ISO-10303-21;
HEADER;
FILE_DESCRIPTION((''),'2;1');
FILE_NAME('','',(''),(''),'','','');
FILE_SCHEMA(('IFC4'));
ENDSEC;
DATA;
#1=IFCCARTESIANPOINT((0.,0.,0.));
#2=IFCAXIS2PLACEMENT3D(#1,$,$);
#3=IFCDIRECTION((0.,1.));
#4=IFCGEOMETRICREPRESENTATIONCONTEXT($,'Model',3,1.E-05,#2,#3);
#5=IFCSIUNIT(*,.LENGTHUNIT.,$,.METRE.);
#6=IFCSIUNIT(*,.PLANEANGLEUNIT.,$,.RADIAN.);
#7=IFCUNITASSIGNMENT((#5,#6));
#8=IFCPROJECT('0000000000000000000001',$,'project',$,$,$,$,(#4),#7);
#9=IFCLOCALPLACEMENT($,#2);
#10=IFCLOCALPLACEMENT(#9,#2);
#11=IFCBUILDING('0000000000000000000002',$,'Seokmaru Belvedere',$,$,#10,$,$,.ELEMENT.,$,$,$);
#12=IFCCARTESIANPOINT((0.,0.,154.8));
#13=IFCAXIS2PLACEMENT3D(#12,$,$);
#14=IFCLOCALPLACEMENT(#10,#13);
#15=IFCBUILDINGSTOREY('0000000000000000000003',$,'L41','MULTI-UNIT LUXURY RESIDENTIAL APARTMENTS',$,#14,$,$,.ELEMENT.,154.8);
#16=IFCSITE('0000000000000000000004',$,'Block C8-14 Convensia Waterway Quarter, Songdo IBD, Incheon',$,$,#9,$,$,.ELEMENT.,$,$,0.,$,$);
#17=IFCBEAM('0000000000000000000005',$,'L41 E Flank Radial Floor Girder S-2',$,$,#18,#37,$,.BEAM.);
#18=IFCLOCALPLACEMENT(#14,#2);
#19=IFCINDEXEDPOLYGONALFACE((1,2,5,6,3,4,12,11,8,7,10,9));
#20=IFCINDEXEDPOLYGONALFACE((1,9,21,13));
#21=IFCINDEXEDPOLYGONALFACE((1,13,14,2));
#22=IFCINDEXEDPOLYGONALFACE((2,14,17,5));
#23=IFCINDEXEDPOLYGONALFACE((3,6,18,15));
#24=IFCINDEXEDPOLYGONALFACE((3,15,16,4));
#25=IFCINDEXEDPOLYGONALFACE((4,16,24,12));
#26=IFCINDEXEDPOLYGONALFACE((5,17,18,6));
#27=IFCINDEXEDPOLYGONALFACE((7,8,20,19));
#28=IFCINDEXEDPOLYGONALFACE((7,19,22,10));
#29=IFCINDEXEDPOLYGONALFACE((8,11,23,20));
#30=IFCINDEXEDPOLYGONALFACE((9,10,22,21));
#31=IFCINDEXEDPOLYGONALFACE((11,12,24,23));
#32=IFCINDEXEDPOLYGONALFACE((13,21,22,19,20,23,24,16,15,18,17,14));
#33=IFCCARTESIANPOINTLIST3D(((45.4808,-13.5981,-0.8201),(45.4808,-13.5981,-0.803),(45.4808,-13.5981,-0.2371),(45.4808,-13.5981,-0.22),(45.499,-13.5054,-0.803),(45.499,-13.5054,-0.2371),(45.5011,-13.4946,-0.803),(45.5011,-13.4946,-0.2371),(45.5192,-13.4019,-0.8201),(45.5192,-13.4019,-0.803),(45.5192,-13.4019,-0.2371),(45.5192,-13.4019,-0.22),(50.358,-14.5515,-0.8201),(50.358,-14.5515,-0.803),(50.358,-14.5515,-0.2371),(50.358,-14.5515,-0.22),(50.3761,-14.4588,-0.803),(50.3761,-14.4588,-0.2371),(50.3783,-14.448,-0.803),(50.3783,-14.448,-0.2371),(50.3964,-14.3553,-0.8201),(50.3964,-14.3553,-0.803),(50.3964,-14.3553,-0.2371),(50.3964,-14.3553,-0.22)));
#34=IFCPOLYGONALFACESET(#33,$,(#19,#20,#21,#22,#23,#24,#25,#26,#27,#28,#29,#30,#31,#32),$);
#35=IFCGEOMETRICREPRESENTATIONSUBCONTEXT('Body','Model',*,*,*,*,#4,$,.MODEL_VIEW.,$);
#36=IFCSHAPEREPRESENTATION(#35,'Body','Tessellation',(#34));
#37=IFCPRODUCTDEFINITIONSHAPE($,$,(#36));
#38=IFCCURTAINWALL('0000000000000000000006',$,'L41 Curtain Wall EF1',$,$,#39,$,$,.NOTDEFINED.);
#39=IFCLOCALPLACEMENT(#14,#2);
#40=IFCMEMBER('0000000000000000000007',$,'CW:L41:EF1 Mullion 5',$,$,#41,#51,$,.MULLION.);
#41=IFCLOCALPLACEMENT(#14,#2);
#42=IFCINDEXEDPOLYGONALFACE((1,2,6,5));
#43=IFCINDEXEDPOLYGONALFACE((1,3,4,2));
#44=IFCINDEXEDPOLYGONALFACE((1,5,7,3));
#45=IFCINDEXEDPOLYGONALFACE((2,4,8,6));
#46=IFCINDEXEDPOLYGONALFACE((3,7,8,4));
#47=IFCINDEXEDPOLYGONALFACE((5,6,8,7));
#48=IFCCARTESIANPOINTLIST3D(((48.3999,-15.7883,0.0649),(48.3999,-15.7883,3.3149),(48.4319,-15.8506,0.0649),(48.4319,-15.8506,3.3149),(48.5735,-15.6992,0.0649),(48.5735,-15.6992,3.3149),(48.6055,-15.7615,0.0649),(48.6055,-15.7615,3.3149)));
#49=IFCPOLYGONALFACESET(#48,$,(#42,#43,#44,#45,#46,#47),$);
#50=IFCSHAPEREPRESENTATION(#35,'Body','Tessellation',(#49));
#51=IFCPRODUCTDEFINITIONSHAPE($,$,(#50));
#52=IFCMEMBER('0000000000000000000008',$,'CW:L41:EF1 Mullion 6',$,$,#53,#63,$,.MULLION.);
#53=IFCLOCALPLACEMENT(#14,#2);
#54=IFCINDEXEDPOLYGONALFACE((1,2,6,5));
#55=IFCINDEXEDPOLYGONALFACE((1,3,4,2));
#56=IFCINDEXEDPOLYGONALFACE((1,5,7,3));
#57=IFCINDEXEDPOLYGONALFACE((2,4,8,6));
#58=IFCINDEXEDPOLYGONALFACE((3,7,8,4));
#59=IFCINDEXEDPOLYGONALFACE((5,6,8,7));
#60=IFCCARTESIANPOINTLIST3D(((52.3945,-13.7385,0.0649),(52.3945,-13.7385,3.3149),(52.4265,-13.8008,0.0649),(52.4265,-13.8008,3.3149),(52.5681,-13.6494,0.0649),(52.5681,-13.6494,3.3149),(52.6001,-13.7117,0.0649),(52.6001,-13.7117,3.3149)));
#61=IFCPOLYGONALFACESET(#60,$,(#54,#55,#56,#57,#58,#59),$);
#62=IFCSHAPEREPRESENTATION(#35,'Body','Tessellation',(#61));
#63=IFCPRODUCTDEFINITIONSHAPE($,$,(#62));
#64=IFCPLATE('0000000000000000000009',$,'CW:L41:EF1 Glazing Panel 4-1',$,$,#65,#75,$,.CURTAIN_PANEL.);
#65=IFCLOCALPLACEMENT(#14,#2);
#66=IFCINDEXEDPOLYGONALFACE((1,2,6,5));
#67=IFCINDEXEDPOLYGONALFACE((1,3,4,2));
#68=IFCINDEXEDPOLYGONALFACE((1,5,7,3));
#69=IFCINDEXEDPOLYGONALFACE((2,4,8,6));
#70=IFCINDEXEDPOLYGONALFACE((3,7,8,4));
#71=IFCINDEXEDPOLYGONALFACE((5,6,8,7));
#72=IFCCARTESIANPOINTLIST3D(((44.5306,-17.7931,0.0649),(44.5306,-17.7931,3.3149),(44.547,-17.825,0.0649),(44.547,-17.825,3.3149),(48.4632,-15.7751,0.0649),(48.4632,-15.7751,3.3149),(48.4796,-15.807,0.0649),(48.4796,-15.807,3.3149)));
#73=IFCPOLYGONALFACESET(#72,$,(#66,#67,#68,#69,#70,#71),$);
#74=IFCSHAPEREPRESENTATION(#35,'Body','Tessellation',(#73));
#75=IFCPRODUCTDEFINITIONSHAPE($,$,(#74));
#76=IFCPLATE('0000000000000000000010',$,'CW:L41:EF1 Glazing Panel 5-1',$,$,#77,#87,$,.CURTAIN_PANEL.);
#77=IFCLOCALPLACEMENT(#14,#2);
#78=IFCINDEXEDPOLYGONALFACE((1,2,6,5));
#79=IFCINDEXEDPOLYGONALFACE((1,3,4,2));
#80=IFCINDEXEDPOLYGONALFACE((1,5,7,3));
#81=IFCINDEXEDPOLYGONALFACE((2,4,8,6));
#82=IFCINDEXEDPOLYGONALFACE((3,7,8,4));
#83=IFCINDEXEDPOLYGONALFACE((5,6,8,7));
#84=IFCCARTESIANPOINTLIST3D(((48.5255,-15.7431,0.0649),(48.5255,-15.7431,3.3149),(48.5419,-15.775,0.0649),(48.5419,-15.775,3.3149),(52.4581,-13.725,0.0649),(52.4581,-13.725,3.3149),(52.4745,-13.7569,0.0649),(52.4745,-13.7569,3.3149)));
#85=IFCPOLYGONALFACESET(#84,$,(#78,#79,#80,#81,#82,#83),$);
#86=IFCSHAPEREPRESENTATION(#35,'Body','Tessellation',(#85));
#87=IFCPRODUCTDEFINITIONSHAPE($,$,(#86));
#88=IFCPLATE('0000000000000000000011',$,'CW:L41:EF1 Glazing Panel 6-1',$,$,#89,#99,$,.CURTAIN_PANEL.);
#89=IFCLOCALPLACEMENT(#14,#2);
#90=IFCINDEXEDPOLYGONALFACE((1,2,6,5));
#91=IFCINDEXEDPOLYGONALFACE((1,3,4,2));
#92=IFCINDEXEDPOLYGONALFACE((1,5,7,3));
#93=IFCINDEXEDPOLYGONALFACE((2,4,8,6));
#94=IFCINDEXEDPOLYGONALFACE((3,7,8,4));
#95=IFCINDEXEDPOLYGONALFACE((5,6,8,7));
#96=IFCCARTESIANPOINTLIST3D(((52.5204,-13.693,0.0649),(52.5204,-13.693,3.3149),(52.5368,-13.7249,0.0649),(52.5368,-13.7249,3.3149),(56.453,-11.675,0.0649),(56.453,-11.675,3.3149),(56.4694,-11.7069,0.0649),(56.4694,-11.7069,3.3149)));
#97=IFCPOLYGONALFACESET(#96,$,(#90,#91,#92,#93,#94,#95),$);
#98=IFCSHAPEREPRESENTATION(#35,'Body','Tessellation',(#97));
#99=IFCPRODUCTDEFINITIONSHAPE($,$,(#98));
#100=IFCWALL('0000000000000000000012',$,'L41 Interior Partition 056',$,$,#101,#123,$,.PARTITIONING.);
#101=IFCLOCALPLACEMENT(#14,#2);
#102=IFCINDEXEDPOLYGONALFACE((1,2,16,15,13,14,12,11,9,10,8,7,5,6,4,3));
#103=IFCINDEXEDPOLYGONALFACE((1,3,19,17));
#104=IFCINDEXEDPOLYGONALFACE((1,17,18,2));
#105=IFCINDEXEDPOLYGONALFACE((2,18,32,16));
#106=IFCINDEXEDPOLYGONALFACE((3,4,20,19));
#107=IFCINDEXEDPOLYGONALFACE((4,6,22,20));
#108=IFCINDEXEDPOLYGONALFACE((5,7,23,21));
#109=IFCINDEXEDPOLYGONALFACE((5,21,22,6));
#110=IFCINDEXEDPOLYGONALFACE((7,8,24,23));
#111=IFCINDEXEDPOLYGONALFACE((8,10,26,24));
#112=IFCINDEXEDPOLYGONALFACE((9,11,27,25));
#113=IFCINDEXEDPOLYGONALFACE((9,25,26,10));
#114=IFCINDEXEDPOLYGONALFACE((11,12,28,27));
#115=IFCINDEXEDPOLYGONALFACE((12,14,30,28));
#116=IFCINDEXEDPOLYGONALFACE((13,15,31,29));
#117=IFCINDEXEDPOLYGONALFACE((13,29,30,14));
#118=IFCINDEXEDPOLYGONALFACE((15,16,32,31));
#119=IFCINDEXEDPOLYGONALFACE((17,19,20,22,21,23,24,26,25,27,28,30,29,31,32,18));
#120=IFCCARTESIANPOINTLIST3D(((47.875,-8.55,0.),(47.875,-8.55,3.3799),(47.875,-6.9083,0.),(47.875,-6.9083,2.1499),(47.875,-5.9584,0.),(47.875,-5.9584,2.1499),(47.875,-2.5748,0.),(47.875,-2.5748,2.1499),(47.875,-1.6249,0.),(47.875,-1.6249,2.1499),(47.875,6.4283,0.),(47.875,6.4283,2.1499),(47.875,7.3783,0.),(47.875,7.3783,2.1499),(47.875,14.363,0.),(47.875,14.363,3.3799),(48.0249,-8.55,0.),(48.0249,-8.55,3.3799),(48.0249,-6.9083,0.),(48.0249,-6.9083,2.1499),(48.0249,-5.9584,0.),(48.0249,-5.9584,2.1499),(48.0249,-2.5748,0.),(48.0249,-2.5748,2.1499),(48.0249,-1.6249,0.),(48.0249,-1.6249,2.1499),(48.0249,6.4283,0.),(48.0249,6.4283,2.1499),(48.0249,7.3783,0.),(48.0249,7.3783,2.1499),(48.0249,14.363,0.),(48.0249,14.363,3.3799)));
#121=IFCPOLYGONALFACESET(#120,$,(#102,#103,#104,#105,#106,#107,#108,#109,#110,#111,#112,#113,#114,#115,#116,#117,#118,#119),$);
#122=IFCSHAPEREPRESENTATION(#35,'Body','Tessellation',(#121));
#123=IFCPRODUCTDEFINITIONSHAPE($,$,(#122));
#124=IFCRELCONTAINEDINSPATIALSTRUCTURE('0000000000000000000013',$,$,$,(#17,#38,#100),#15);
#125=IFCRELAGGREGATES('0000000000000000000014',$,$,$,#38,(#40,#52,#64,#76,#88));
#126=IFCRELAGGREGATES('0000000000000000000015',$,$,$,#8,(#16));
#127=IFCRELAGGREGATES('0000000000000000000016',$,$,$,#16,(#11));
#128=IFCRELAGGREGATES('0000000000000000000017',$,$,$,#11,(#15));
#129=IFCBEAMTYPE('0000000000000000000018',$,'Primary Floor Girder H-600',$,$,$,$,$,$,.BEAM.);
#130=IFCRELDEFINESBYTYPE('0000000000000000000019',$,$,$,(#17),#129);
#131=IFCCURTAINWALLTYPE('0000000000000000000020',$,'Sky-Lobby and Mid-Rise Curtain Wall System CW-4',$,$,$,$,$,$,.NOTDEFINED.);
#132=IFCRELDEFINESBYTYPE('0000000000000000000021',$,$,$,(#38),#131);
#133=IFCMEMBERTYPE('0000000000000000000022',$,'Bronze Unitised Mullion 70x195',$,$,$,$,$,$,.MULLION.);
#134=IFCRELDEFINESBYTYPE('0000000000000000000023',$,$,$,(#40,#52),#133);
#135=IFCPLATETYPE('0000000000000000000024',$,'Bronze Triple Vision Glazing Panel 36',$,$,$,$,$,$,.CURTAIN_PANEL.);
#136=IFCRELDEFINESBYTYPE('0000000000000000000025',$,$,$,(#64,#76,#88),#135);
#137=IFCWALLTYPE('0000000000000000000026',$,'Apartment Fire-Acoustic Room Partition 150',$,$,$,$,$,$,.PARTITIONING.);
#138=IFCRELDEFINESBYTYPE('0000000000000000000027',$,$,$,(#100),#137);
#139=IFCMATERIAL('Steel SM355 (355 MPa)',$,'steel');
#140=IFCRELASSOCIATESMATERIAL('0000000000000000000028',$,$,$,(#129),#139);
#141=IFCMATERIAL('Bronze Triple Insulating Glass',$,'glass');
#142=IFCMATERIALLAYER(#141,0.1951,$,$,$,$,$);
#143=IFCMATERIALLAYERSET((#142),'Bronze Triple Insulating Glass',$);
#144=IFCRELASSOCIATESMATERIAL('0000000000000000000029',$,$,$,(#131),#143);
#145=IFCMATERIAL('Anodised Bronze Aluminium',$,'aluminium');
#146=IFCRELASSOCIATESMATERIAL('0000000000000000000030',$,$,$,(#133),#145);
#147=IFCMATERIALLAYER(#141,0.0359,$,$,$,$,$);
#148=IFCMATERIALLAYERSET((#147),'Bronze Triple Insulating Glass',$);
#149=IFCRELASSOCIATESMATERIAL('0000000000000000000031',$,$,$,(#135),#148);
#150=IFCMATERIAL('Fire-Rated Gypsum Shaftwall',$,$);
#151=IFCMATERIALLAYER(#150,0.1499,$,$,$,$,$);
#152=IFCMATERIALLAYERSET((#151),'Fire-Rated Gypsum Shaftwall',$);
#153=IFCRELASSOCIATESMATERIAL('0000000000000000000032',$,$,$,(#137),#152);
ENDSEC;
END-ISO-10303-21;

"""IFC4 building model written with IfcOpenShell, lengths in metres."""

from ifc_helpers import new_model, si_unit, direction, frame, frame_2d, origin, origin_2d, place, context, subcontext, project, spatial, rectangle, i_section, extrude, source, transform, mapped, material, layer, layer_set, material_profile, profile_set, type_object, type_shapes, element, aggregate, save


model = new_model("IFC4")

# Units and contexts
model_context = context("Model", 3, precision=1e-05, world=origin(), true_north=direction((0.0, 1.0)))
body_context = subcontext(model_context, "Body", "Model", "MODEL_VIEW")
ifc_project = project(units=[si_unit("LENGTHUNIT", "METRE"), si_unit("PLANEANGLEUNIT", "RADIAN")], contexts=[model_context])

# Site, building, storey
site_placement = place(None, origin())
site = spatial("IfcSite", under=ifc_project, at=site_placement, Name="Block C8-14 Convensia Waterway Quarter, Songdo IBD, Incheon", CompositionType="ELEMENT", RefElevation=0.0)
building_placement = place(site_placement, origin())
building = spatial("IfcBuilding", under=site, at=building_placement, Name="Seokmaru Belvedere", CompositionType="ELEMENT")
storey_placement = place(building_placement, frame((0.0, 0.0, 154.8)))
storey = spatial("IfcBuildingStorey", under=building, at=storey_placement, Name="L41", Description="MULTI-UNIT LUXURY RESIDENTIAL APARTMENTS", CompositionType="ELEMENT", Elevation=154.8)

# Shared definitions
ifc_material_1 = material(Name="Steel SM355 (355 MPa)", Category="steel")

# Beam
ifc_material_profile_1 = material_profile(ifc_material_1, i_section(OverallWidth=0.2, OverallDepth=0.6001, WebThickness=0.011, FlangeThickness=0.0171, at=origin_2d()), Name="H-600x200x11x17")
ifc_profile_set_1 = profile_set([ifc_material_profile_1], Name="Steel SM355 (355 MPa)")
beam_type_1 = type_object("IfcBeamType", Name="Primary Floor Girder H-600", PredefinedType="BEAM", material=ifc_profile_set_1)
shared_shape_1 = source(origin(), body_context, "Body", "SweptSolid", [
    extrude(i_section(OverallWidth=0.2, OverallDepth=0.6001, WebThickness=0.011, FlangeThickness=0.0171, at=origin_2d()), origin(), (0.0, 0.0, 1.0), 4.9695),
])
beam_1_placement = place(storey_placement, frame((50.3772, -14.4534, -0.52), z_axis=(-0.981425, 0.191844, 0.0), x_axis=(-0.191844, -0.981425, 0.0)))
element("IfcBeam", 1, at=beam_1_placement, inside=storey, type_object=beam_type_1, Name="L41 E Flank Radial Floor Girder S-2", PredefinedType="BEAM", context=body_context, shape_type="MappedRepresentation", body=[
    mapped(shared_shape_1, transform((0.0, 0.0, 0.0), scale=1.0)),
])

# Curtain wall, members, plates
ifc_material_2 = material(Name="Bronze Triple Insulating Glass", Category="glass")
ifc_layer_1 = layer(ifc_material_2, 0.1951)
ifc_layer_set_1 = layer_set([ifc_layer_1], Name="Bronze Triple Insulating Glass")
curtain_wall_type = type_object("IfcCurtainWallType", Name="Sky-Lobby and Mid-Rise Curtain Wall System CW-4", PredefinedType="NOTDEFINED", material=ifc_layer_set_1)
curtain_wall_placement = place(storey_placement, origin())
curtain_wall = element("IfcCurtainWall", 2, at=curtain_wall_placement, inside=storey, type_object=curtain_wall_type, Name="L41 Curtain Wall EF1", PredefinedType="NOTDEFINED")
ifc_material_3 = material(Name="Anodised Bronze Aluminium", Category="aluminium")
ifc_material_profile_2 = material_profile(ifc_material_3, rectangle(XDim=0.0701, YDim=0.1951, at=origin_2d()), Name="CW-M-70x195")
ifc_profile_set_2 = profile_set([ifc_material_profile_2], Name="Anodised Bronze Aluminium")
member_type = type_object("IfcMemberType", Name="Bronze Unitised Mullion 70x195", PredefinedType="MULLION", material=ifc_profile_set_2)
shared_shape_2 = source(origin(), body_context, "Body", "SweptSolid", [
    extrude(rectangle(XDim=0.0701, YDim=0.1951, at=origin_2d()), origin(), (0.0, 0.0, 1.0), 3.25),
])
type_shapes(member_type, [shared_shape_2])
member_1_placement = place(storey_placement, frame((48.5027, -15.7749, 0.0649), z_axis=(0.0, 0.0, 1.0), x_axis=(-0.456555, 0.889695, 0.0)))
member_1 = element("IfcMember", 3, at=member_1_placement, type_object=member_type, Name="CW:L41:EF1 Mullion 5", PredefinedType="MULLION", context=body_context, shape_type="MappedRepresentation", body=[
    mapped(shared_shape_2, transform((0.0, 0.0, 0.0), scale=1.0)),
])
member_2_placement = place(storey_placement, frame((52.4973, -13.7251, 0.0649), z_axis=(0.0, 0.0, 1.0), x_axis=(-0.456555, 0.889695, 0.0)))
member_2 = element("IfcMember", 4, at=member_2_placement, type_object=member_type, Name="CW:L41:EF1 Mullion 6", PredefinedType="MULLION", context=body_context, shape_type="MappedRepresentation", body=[
    mapped(shared_shape_2, transform((0.0, 0.0, 0.0), scale=1.0)),
])
ifc_layer_2 = layer(ifc_material_2, 0.0359)
ifc_layer_set_2 = layer_set([ifc_layer_2], Name="Bronze Triple Insulating Glass")
plate_type = type_object("IfcPlateType", Name="Bronze Triple Vision Glazing Panel 36", PredefinedType="CURTAIN_PANEL", material=ifc_layer_set_2)
shared_shape_3 = source(origin(), body_context, "Body", "SweptSolid", [
    extrude(rectangle(XDim=4.4202, YDim=0.0359, at=origin_2d()), origin(), (0.0, 0.0, 1.0), 3.25),
])
type_shapes(plate_type, [shared_shape_3])
plate_1_placement = place(storey_placement, frame((46.5051, -16.8, 0.0649), z_axis=(0.0, 0.0, 1.0), x_axis=(0.889695, 0.456555, 0.0)))
plate_1 = element("IfcPlate", 5, at=plate_1_placement, type_object=plate_type, Name="CW:L41:EF1 Glazing Panel 4-1", PredefinedType="CURTAIN_PANEL", context=body_context, shape_type="MappedRepresentation", body=[
    mapped(shared_shape_3, transform((0.0, 0.0, 0.0), scale=1.0)),
])
plate_2_placement = place(storey_placement, frame((50.5, -14.75, 0.0649), z_axis=(0.0, 0.0, 1.0), x_axis=(0.889695, 0.456555, 0.0)))
plate_2 = element("IfcPlate", 6, at=plate_2_placement, type_object=plate_type, Name="CW:L41:EF1 Glazing Panel 5-1", PredefinedType="CURTAIN_PANEL", context=body_context, shape_type="MappedRepresentation", body=[
    mapped(shared_shape_3, transform((0.0, 0.0, 0.0), scale=1.0)),
])
plate_3_placement = place(storey_placement, frame((54.4949, -12.7, 0.0649), z_axis=(0.0, 0.0, 1.0), x_axis=(0.889695, 0.456555, 0.0)))
plate_3 = element("IfcPlate", 7, at=plate_3_placement, type_object=plate_type, Name="CW:L41:EF1 Glazing Panel 6-1", PredefinedType="CURTAIN_PANEL", context=body_context, shape_type="MappedRepresentation", body=[
    mapped(shared_shape_3, transform((0.0, 0.0, 0.0), scale=1.0)),
])
aggregate(curtain_wall, [member_1, member_2, plate_1, plate_2, plate_3])

# Wall, openings
ifc_material_4 = material(Name="Fire-Rated Gypsum Shaftwall")
ifc_layer_3 = layer(ifc_material_4, 0.1499)
ifc_layer_set_3 = layer_set([ifc_layer_3], Name="Fire-Rated Gypsum Shaftwall")
wall_type = type_object("IfcWallType", Name="Apartment Fire-Acoustic Room Partition 150", PredefinedType="PARTITIONING", material=ifc_layer_set_3)
wall_1_placement = place(storey_placement, frame((47.95, -8.55, 0.0), z_axis=(0.0, 0.0, 1.0), x_axis=(0.0, 1.0, 0.0)))
wall_1 = element("IfcWall", 8, at=wall_1_placement, inside=storey, type_object=wall_type, Name="L41 Interior Partition 056", PredefinedType="PARTITIONING", context=body_context, shape_type="SweptSolid", body=[
    extrude(rectangle(XDim=22.9131, YDim=0.1499, at=frame_2d((11.4565, 0.0))), origin(), (0.0, 0.0, 1.0), 3.3799),
])
opening_1_placement = place(wall_1_placement, frame((5.9751, 0.0, 0.0)))
element("IfcOpeningElement", 9, at=opening_1_placement, cuts=wall_1, PredefinedType="OPENING", context=body_context, shape_type="SweptSolid", body=[
    extrude(rectangle(XDim=0.95, YDim=2.1499, at=frame_2d((0.4751, 1.075))), frame((0.0, 0.085, 0.0), z_axis=(0.0, -1.0, 0.0), x_axis=(1.0, 0.0, 0.0)), (0.0, 0.0, 1.0), 0.1699),
])
opening_2_placement = place(wall_1_placement, frame((1.6416, 0.0, 0.0)))
element("IfcOpeningElement", 10, at=opening_2_placement, cuts=wall_1, PredefinedType="OPENING", context=body_context, shape_type="SweptSolid", body=[
    extrude(rectangle(XDim=0.95, YDim=2.1499, at=frame_2d((0.4751, 1.075))), frame((0.0, 0.085, 0.0), z_axis=(0.0, -1.0, 0.0), x_axis=(1.0, 0.0, 0.0)), (0.0, 0.0, 1.0), 0.1699),
])
opening_3_placement = place(wall_1_placement, frame((14.9783, 0.0, 0.0)))
element("IfcOpeningElement", 11, at=opening_3_placement, cuts=wall_1, PredefinedType="OPENING", context=body_context, shape_type="SweptSolid", body=[
    extrude(rectangle(XDim=0.95, YDim=2.1499, at=frame_2d((0.4751, 1.075))), frame((0.0, 0.085, 0.0), z_axis=(0.0, -1.0, 0.0), x_axis=(1.0, 0.0, 0.0)), (0.0, 0.0, 1.0), 0.1699),
])

save(model, "model.ifc")
